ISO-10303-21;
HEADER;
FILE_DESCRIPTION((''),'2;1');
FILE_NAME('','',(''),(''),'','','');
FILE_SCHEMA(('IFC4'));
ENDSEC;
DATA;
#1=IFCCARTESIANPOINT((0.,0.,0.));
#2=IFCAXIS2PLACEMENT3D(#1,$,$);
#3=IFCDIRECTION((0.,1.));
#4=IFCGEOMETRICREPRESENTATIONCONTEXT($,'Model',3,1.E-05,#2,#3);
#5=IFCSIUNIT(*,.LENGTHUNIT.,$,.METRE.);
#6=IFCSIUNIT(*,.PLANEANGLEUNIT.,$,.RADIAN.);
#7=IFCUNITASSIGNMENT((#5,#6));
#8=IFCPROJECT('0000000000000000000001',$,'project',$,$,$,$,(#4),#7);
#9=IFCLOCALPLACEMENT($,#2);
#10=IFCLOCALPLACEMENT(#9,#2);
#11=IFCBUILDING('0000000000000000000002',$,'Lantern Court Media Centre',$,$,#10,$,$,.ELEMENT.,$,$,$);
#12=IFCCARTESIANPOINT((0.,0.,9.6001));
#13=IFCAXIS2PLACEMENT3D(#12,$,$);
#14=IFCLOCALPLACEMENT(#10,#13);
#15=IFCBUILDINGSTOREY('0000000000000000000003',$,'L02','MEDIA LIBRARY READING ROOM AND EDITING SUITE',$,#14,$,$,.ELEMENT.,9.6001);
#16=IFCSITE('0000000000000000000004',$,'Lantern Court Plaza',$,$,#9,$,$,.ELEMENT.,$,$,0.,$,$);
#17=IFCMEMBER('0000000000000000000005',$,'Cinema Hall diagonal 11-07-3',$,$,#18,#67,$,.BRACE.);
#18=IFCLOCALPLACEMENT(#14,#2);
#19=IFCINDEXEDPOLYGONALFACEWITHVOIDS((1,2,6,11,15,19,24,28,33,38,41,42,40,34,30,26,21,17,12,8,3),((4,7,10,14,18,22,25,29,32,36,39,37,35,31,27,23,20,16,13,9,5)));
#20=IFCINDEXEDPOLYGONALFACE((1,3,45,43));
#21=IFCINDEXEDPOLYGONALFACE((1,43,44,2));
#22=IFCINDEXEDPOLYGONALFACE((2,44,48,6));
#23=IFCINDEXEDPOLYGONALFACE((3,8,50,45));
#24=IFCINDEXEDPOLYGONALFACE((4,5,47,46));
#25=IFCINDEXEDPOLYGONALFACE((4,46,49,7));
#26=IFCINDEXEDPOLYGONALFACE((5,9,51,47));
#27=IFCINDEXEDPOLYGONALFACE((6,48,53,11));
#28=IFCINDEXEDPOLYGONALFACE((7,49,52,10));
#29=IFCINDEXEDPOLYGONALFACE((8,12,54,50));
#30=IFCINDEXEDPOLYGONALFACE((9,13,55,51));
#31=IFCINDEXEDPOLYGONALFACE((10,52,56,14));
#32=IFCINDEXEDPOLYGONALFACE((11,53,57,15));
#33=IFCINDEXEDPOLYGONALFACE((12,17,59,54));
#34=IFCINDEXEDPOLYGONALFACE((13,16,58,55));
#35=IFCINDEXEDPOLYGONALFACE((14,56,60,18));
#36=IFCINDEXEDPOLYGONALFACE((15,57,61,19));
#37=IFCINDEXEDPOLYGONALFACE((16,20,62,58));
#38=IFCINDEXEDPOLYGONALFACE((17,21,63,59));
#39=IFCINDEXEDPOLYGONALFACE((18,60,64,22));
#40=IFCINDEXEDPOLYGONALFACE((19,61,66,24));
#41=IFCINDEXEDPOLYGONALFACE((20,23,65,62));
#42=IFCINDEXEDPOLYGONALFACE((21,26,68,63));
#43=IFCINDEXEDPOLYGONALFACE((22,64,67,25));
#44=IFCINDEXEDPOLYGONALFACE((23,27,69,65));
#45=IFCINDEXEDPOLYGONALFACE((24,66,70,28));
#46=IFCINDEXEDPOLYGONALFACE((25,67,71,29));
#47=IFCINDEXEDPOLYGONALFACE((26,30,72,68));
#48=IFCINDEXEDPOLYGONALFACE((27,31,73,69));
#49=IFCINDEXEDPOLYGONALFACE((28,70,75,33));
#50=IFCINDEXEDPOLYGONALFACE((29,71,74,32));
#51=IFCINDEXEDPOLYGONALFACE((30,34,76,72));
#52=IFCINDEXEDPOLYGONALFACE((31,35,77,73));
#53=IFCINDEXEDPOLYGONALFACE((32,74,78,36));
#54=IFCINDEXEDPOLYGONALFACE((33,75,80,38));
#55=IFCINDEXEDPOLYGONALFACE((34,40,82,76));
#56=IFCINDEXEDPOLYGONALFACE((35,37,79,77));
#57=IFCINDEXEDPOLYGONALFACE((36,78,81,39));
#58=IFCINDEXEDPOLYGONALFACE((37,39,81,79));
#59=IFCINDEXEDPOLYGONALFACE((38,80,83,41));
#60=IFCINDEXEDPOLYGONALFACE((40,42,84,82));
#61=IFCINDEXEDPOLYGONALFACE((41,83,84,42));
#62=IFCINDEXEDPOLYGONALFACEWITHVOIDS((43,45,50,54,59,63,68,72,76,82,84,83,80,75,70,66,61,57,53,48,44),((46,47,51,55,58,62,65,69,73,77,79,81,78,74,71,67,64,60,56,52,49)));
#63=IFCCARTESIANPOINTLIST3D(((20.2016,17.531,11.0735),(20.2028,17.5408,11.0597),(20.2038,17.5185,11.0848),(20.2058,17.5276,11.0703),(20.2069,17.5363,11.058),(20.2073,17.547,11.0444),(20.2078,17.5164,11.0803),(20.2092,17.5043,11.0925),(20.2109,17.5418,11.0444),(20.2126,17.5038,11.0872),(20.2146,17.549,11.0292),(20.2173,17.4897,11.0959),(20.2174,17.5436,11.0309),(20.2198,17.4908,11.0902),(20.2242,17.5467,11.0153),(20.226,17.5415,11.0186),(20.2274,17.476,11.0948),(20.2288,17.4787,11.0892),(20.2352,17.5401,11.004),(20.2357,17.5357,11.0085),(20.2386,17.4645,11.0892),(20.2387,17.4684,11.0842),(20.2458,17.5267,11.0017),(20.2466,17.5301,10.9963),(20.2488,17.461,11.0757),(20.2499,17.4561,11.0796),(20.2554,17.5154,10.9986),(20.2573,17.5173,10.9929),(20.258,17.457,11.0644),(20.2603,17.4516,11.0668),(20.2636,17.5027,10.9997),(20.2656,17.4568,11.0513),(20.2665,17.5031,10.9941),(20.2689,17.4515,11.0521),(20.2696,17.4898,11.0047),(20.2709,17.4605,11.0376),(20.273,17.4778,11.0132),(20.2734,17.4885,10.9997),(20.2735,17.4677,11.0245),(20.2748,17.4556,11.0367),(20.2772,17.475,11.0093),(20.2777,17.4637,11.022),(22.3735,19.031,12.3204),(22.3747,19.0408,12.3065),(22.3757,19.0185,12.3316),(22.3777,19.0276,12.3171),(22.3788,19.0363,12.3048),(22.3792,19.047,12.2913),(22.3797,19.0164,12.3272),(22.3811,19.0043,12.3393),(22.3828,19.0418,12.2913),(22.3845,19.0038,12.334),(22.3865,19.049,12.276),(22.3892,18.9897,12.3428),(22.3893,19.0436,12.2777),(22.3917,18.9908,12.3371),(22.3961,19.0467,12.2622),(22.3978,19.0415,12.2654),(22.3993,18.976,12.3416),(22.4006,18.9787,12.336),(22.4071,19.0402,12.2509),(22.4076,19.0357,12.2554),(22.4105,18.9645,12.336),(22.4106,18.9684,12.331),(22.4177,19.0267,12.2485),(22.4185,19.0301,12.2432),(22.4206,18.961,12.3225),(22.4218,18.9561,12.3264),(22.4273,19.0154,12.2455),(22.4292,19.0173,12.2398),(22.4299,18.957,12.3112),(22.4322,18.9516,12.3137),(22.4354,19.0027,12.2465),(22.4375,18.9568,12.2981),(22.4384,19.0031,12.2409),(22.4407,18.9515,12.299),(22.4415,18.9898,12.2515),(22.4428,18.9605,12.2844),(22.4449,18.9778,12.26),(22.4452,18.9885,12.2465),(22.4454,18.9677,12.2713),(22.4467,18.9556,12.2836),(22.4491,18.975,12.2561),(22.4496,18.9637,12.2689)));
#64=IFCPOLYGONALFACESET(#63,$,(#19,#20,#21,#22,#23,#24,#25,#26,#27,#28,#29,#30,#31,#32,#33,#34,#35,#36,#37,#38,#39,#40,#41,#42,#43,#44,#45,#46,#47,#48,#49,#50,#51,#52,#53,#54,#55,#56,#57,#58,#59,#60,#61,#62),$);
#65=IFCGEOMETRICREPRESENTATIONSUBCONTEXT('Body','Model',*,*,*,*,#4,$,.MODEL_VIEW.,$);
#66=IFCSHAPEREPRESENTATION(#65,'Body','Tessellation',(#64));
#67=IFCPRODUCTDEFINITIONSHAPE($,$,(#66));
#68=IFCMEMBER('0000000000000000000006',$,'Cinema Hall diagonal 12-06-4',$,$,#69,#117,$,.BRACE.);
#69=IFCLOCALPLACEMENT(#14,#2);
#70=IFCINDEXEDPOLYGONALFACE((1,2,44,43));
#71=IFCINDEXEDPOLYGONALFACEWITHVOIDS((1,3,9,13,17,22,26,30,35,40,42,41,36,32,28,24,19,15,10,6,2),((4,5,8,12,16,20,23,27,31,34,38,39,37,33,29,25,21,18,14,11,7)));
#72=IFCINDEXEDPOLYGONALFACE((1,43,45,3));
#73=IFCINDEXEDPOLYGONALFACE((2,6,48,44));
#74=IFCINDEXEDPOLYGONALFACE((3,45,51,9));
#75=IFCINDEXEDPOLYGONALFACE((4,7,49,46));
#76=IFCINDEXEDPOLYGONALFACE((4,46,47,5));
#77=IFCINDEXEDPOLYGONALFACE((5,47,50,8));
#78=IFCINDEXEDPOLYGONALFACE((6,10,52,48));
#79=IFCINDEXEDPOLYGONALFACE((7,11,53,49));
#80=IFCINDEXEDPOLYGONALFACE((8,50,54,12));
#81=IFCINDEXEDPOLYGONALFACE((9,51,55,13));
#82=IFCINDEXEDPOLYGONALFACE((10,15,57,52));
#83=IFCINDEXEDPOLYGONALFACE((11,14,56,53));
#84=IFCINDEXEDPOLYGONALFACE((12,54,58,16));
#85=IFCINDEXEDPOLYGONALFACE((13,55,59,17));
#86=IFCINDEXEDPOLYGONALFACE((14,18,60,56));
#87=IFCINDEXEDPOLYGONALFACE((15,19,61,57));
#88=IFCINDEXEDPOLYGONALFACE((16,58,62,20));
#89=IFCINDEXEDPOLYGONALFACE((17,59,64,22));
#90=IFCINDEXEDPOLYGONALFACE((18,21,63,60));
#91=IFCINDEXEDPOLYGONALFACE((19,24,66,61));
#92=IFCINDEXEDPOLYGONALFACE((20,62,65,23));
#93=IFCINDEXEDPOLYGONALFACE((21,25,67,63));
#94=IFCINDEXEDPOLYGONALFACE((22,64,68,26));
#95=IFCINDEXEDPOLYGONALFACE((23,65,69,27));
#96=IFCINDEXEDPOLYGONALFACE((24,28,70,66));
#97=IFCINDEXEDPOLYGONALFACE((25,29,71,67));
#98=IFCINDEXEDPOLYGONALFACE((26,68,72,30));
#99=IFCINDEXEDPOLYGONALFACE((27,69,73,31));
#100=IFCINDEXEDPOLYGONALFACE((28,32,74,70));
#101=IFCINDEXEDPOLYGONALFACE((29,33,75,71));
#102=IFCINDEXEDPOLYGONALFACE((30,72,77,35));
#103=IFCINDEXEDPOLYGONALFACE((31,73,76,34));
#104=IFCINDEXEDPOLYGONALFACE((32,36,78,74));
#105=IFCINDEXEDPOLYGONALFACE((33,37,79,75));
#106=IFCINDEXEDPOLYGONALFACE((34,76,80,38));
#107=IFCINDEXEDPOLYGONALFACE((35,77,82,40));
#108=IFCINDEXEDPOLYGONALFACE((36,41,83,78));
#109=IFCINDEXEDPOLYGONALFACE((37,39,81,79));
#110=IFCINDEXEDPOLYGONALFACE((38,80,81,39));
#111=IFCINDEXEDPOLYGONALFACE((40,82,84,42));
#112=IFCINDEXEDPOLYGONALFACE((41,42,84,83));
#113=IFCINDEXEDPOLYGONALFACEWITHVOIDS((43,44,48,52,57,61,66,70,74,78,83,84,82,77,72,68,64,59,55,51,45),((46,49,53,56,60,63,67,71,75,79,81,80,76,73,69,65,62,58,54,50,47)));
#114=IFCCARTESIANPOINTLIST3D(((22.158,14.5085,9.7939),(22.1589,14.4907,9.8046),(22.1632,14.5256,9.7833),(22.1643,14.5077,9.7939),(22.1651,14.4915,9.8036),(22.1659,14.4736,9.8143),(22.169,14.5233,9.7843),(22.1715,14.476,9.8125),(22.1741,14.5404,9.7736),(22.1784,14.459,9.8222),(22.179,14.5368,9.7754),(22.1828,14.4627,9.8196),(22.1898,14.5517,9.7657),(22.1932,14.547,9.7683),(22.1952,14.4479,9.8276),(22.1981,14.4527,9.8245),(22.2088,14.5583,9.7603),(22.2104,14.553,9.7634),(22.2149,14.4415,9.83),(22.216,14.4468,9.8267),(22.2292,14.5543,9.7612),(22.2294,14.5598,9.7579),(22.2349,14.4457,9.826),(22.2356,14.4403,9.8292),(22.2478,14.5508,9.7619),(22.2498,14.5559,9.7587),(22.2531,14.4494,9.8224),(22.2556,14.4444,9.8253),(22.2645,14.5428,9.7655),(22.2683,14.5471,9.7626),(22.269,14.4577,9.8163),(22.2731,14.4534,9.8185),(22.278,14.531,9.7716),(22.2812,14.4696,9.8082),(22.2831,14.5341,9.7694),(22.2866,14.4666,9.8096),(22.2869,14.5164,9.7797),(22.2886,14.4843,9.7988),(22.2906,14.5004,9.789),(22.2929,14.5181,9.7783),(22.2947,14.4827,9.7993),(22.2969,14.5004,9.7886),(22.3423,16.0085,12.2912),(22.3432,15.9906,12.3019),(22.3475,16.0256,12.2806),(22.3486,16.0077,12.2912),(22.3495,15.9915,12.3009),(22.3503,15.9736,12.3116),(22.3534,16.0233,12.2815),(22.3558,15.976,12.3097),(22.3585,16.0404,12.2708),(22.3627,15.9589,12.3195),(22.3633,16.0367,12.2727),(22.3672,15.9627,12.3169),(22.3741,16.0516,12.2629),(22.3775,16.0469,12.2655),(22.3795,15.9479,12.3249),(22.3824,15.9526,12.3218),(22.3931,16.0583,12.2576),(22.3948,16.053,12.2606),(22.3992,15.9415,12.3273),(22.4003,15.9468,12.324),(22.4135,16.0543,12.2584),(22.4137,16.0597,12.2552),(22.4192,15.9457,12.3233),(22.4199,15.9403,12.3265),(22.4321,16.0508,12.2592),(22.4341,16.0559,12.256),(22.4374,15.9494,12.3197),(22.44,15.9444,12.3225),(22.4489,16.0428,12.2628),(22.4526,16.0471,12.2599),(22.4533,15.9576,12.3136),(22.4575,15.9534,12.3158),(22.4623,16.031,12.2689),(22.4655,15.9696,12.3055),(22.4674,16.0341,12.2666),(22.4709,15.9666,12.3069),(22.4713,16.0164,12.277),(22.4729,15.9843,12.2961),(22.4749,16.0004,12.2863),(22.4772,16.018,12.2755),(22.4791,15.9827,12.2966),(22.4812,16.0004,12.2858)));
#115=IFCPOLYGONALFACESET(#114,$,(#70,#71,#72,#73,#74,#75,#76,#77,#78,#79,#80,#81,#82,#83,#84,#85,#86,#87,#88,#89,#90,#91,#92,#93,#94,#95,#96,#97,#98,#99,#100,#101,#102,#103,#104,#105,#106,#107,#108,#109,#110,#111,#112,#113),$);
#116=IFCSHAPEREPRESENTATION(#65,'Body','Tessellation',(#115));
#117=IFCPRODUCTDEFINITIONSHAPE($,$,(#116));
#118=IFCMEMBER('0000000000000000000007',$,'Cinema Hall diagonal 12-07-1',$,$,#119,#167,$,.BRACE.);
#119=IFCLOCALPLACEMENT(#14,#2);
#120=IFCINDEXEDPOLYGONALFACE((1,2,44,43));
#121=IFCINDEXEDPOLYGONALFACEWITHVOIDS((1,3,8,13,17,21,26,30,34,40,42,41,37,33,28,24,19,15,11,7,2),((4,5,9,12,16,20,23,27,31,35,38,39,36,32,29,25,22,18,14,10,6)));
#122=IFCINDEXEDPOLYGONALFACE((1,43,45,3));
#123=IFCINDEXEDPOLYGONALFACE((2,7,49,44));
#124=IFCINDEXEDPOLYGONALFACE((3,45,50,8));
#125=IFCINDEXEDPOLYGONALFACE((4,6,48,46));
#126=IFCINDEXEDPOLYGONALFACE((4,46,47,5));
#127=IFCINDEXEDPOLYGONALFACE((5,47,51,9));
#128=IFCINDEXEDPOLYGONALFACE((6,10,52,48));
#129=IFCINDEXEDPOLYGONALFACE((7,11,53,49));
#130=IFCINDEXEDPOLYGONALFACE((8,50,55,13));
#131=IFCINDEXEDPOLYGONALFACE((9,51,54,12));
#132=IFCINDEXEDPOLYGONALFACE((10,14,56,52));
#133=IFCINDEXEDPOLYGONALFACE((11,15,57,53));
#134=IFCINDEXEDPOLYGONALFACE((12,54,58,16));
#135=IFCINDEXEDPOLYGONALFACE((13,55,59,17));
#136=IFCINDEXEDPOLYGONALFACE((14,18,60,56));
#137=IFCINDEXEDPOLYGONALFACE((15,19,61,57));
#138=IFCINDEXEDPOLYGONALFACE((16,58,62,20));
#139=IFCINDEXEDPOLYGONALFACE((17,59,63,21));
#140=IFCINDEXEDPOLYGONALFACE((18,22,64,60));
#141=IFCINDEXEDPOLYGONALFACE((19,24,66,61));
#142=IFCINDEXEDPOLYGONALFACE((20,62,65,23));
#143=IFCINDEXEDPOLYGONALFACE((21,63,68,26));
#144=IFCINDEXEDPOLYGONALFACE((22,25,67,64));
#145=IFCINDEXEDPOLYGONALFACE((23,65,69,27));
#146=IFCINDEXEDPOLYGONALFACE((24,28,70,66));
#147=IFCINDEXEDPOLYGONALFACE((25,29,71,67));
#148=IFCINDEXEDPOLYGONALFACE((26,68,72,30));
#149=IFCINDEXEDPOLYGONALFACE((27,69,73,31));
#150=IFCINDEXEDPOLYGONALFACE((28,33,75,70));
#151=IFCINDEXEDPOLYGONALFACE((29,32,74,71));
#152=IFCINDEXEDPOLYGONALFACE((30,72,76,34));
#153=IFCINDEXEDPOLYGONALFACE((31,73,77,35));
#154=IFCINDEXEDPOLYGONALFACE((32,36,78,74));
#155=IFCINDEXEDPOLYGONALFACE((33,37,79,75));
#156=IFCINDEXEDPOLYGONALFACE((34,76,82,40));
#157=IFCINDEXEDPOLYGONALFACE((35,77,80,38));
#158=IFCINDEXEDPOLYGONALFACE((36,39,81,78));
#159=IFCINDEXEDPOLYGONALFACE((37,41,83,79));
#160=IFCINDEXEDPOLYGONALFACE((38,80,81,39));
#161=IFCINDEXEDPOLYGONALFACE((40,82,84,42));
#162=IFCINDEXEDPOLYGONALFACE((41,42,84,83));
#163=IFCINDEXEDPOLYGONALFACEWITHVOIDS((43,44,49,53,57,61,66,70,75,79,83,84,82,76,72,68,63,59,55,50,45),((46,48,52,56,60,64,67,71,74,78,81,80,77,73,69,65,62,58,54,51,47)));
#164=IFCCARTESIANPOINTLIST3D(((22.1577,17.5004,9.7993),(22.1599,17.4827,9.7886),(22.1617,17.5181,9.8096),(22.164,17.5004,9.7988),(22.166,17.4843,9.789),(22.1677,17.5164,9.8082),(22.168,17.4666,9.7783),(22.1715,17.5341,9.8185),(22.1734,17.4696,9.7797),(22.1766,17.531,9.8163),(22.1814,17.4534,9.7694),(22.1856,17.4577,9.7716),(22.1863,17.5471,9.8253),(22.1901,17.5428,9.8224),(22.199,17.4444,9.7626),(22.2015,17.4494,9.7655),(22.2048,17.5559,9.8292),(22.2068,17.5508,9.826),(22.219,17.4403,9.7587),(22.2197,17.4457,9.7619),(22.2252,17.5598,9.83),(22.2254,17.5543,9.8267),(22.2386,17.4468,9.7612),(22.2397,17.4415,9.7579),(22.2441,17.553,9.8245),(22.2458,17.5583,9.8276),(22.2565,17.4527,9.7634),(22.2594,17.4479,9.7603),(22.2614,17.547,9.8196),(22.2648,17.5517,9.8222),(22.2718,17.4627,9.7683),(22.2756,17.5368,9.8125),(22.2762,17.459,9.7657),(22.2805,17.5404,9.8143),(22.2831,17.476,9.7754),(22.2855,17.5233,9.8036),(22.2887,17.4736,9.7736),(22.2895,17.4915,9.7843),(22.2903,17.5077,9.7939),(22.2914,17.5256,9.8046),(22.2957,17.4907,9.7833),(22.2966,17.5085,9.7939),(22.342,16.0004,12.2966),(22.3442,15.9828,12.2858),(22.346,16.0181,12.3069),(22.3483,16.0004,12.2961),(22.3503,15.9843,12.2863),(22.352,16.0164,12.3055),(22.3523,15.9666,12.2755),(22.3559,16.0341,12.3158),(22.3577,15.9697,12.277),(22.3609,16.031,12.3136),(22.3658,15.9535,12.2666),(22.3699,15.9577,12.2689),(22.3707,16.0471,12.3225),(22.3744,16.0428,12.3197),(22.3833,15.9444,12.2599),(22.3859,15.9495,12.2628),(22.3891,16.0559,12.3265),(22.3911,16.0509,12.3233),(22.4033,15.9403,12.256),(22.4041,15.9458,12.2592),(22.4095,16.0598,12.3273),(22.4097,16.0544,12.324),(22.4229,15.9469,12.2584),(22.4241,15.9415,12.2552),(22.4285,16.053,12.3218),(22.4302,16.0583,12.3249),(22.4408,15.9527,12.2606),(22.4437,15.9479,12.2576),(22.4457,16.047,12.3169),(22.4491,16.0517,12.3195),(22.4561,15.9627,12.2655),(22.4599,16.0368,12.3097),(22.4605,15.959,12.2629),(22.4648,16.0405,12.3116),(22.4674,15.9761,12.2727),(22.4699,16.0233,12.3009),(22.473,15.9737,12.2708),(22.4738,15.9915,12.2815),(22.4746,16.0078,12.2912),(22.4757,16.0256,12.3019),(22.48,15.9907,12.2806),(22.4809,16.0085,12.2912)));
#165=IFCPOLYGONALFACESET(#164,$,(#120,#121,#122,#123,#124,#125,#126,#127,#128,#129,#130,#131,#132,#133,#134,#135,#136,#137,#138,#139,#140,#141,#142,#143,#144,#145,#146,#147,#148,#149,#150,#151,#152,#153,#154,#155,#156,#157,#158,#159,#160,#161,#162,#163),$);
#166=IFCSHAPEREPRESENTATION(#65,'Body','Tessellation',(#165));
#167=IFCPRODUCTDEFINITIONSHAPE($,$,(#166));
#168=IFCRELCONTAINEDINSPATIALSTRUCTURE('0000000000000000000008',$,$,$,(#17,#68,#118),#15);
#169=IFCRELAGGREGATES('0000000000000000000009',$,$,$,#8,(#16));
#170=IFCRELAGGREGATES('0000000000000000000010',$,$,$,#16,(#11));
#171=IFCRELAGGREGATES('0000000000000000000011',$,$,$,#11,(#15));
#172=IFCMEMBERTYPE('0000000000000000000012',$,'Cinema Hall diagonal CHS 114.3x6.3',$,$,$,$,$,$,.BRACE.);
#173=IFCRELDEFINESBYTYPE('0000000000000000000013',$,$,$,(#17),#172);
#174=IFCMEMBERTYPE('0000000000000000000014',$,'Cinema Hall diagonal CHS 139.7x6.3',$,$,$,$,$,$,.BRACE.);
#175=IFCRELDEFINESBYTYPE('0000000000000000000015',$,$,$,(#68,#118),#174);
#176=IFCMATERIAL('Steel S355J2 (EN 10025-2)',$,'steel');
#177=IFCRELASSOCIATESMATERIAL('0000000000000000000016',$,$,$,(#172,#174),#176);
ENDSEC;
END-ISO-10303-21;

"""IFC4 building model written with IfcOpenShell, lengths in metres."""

from ifc_helpers import new_model, si_unit, direction, frame, origin, origin_2d, place, context, subcontext, project, spatial, hollow_circle, extrude, material, material_profile, profile_set, type_object, element, save


model = new_model("IFC4")

# Units and contexts
model_context = context("Model", 3, precision=1e-05, world=origin(), true_north=direction((0.0, 1.0)))
body_context = subcontext(model_context, "Body", "Model", "MODEL_VIEW")
ifc_project = project(units=[si_unit("LENGTHUNIT", "METRE"), si_unit("PLANEANGLEUNIT", "RADIAN")], contexts=[model_context])

# Site, building, storey
site_placement = place(None, origin())
site = spatial("IfcSite", under=ifc_project, at=site_placement, Name="Lantern Court Plaza", CompositionType="ELEMENT", RefElevation=0.0)
building_placement = place(site_placement, origin())
building = spatial("IfcBuilding", under=site, at=building_placement, Name="Lantern Court Media Centre", CompositionType="ELEMENT")
storey_placement = place(building_placement, frame((0.0, 0.0, 9.6001)))
storey = spatial("IfcBuildingStorey", under=building, at=storey_placement, Name="L02", Description="MEDIA LIBRARY READING ROOM AND EDITING SUITE", CompositionType="ELEMENT", Elevation=9.6001)

# Members
ifc_material = material(Name="Steel S355J2 (EN 10025-2)", Category="steel")
ifc_material_profile_1 = material_profile(ifc_material, hollow_circle(Radius=0.0571, WallThickness=0.0063, at=origin_2d()), Name="Cinema Hall diagonal CHS 114.3x6.3")
ifc_profile_set_1 = profile_set([ifc_material_profile_1], Name="Steel S355J2 (EN 10025-2)")
member_type_1 = type_object("IfcMemberType", Name="Cinema Hall diagonal CHS 114.3x6.3", PredefinedType="BRACE", material=ifc_profile_set_1)
for number, where, z_axis, x_axis, name in (
    (1, (20.2397, 17.5, 11.0444), (0.744002, 0.513843, 0.427115), (-0.568286, 0.822831, 0.0), "Cinema Hall diagonal 11-07-3"),
):
    element("IfcMember", number, at=place(storey_placement, frame(where, z_axis=z_axis, x_axis=x_axis)), inside=storey, type_object=member_type_1, Name=name, PredefinedType="BRACE", context=body_context, shape_type="SweptSolid", body=[
        extrude(hollow_circle(Radius=0.0571, WallThickness=0.0063, at=origin_2d()), origin(), (0.0, 0.0, 1.0), 2.9192),
    ])
ifc_material_profile_2 = material_profile(ifc_material, hollow_circle(Radius=0.0698, WallThickness=0.0063, at=origin_2d()), Name="Cinema Hall diagonal CHS 139.7x6.3")
ifc_profile_set_2 = profile_set([ifc_material_profile_2], Name="Steel S355J2 (EN 10025-2)")
member_type_2 = type_object("IfcMemberType", Name="Cinema Hall diagonal CHS 139.7x6.3", PredefinedType="BRACE", material=ifc_profile_set_2)
for number, where, z_axis, x_axis, name in (
    (2, (22.2273, 14.5, 9.7939), (0.063147, 0.513875, 0.855538), (-0.992534, 0.121967, 0.0), "Cinema Hall diagonal 12-06-4"),
    (3, (22.2273, 17.5, 9.7939), (0.063147, -0.513875, 0.855538), (0.992534, 0.121967, 0.0), "Cinema Hall diagonal 12-07-1"),
):
    element("IfcMember", number, at=place(storey_placement, frame(where, z_axis=z_axis, x_axis=x_axis)), inside=storey, type_object=member_type_2, Name=name, PredefinedType="BRACE", context=body_context, shape_type="SweptSolid", body=[
        extrude(hollow_circle(Radius=0.0698, WallThickness=0.0063, at=origin_2d()), origin(), (0.0, 0.0, 1.0), 2.9189),
    ])

save(model, "model.ifc")
